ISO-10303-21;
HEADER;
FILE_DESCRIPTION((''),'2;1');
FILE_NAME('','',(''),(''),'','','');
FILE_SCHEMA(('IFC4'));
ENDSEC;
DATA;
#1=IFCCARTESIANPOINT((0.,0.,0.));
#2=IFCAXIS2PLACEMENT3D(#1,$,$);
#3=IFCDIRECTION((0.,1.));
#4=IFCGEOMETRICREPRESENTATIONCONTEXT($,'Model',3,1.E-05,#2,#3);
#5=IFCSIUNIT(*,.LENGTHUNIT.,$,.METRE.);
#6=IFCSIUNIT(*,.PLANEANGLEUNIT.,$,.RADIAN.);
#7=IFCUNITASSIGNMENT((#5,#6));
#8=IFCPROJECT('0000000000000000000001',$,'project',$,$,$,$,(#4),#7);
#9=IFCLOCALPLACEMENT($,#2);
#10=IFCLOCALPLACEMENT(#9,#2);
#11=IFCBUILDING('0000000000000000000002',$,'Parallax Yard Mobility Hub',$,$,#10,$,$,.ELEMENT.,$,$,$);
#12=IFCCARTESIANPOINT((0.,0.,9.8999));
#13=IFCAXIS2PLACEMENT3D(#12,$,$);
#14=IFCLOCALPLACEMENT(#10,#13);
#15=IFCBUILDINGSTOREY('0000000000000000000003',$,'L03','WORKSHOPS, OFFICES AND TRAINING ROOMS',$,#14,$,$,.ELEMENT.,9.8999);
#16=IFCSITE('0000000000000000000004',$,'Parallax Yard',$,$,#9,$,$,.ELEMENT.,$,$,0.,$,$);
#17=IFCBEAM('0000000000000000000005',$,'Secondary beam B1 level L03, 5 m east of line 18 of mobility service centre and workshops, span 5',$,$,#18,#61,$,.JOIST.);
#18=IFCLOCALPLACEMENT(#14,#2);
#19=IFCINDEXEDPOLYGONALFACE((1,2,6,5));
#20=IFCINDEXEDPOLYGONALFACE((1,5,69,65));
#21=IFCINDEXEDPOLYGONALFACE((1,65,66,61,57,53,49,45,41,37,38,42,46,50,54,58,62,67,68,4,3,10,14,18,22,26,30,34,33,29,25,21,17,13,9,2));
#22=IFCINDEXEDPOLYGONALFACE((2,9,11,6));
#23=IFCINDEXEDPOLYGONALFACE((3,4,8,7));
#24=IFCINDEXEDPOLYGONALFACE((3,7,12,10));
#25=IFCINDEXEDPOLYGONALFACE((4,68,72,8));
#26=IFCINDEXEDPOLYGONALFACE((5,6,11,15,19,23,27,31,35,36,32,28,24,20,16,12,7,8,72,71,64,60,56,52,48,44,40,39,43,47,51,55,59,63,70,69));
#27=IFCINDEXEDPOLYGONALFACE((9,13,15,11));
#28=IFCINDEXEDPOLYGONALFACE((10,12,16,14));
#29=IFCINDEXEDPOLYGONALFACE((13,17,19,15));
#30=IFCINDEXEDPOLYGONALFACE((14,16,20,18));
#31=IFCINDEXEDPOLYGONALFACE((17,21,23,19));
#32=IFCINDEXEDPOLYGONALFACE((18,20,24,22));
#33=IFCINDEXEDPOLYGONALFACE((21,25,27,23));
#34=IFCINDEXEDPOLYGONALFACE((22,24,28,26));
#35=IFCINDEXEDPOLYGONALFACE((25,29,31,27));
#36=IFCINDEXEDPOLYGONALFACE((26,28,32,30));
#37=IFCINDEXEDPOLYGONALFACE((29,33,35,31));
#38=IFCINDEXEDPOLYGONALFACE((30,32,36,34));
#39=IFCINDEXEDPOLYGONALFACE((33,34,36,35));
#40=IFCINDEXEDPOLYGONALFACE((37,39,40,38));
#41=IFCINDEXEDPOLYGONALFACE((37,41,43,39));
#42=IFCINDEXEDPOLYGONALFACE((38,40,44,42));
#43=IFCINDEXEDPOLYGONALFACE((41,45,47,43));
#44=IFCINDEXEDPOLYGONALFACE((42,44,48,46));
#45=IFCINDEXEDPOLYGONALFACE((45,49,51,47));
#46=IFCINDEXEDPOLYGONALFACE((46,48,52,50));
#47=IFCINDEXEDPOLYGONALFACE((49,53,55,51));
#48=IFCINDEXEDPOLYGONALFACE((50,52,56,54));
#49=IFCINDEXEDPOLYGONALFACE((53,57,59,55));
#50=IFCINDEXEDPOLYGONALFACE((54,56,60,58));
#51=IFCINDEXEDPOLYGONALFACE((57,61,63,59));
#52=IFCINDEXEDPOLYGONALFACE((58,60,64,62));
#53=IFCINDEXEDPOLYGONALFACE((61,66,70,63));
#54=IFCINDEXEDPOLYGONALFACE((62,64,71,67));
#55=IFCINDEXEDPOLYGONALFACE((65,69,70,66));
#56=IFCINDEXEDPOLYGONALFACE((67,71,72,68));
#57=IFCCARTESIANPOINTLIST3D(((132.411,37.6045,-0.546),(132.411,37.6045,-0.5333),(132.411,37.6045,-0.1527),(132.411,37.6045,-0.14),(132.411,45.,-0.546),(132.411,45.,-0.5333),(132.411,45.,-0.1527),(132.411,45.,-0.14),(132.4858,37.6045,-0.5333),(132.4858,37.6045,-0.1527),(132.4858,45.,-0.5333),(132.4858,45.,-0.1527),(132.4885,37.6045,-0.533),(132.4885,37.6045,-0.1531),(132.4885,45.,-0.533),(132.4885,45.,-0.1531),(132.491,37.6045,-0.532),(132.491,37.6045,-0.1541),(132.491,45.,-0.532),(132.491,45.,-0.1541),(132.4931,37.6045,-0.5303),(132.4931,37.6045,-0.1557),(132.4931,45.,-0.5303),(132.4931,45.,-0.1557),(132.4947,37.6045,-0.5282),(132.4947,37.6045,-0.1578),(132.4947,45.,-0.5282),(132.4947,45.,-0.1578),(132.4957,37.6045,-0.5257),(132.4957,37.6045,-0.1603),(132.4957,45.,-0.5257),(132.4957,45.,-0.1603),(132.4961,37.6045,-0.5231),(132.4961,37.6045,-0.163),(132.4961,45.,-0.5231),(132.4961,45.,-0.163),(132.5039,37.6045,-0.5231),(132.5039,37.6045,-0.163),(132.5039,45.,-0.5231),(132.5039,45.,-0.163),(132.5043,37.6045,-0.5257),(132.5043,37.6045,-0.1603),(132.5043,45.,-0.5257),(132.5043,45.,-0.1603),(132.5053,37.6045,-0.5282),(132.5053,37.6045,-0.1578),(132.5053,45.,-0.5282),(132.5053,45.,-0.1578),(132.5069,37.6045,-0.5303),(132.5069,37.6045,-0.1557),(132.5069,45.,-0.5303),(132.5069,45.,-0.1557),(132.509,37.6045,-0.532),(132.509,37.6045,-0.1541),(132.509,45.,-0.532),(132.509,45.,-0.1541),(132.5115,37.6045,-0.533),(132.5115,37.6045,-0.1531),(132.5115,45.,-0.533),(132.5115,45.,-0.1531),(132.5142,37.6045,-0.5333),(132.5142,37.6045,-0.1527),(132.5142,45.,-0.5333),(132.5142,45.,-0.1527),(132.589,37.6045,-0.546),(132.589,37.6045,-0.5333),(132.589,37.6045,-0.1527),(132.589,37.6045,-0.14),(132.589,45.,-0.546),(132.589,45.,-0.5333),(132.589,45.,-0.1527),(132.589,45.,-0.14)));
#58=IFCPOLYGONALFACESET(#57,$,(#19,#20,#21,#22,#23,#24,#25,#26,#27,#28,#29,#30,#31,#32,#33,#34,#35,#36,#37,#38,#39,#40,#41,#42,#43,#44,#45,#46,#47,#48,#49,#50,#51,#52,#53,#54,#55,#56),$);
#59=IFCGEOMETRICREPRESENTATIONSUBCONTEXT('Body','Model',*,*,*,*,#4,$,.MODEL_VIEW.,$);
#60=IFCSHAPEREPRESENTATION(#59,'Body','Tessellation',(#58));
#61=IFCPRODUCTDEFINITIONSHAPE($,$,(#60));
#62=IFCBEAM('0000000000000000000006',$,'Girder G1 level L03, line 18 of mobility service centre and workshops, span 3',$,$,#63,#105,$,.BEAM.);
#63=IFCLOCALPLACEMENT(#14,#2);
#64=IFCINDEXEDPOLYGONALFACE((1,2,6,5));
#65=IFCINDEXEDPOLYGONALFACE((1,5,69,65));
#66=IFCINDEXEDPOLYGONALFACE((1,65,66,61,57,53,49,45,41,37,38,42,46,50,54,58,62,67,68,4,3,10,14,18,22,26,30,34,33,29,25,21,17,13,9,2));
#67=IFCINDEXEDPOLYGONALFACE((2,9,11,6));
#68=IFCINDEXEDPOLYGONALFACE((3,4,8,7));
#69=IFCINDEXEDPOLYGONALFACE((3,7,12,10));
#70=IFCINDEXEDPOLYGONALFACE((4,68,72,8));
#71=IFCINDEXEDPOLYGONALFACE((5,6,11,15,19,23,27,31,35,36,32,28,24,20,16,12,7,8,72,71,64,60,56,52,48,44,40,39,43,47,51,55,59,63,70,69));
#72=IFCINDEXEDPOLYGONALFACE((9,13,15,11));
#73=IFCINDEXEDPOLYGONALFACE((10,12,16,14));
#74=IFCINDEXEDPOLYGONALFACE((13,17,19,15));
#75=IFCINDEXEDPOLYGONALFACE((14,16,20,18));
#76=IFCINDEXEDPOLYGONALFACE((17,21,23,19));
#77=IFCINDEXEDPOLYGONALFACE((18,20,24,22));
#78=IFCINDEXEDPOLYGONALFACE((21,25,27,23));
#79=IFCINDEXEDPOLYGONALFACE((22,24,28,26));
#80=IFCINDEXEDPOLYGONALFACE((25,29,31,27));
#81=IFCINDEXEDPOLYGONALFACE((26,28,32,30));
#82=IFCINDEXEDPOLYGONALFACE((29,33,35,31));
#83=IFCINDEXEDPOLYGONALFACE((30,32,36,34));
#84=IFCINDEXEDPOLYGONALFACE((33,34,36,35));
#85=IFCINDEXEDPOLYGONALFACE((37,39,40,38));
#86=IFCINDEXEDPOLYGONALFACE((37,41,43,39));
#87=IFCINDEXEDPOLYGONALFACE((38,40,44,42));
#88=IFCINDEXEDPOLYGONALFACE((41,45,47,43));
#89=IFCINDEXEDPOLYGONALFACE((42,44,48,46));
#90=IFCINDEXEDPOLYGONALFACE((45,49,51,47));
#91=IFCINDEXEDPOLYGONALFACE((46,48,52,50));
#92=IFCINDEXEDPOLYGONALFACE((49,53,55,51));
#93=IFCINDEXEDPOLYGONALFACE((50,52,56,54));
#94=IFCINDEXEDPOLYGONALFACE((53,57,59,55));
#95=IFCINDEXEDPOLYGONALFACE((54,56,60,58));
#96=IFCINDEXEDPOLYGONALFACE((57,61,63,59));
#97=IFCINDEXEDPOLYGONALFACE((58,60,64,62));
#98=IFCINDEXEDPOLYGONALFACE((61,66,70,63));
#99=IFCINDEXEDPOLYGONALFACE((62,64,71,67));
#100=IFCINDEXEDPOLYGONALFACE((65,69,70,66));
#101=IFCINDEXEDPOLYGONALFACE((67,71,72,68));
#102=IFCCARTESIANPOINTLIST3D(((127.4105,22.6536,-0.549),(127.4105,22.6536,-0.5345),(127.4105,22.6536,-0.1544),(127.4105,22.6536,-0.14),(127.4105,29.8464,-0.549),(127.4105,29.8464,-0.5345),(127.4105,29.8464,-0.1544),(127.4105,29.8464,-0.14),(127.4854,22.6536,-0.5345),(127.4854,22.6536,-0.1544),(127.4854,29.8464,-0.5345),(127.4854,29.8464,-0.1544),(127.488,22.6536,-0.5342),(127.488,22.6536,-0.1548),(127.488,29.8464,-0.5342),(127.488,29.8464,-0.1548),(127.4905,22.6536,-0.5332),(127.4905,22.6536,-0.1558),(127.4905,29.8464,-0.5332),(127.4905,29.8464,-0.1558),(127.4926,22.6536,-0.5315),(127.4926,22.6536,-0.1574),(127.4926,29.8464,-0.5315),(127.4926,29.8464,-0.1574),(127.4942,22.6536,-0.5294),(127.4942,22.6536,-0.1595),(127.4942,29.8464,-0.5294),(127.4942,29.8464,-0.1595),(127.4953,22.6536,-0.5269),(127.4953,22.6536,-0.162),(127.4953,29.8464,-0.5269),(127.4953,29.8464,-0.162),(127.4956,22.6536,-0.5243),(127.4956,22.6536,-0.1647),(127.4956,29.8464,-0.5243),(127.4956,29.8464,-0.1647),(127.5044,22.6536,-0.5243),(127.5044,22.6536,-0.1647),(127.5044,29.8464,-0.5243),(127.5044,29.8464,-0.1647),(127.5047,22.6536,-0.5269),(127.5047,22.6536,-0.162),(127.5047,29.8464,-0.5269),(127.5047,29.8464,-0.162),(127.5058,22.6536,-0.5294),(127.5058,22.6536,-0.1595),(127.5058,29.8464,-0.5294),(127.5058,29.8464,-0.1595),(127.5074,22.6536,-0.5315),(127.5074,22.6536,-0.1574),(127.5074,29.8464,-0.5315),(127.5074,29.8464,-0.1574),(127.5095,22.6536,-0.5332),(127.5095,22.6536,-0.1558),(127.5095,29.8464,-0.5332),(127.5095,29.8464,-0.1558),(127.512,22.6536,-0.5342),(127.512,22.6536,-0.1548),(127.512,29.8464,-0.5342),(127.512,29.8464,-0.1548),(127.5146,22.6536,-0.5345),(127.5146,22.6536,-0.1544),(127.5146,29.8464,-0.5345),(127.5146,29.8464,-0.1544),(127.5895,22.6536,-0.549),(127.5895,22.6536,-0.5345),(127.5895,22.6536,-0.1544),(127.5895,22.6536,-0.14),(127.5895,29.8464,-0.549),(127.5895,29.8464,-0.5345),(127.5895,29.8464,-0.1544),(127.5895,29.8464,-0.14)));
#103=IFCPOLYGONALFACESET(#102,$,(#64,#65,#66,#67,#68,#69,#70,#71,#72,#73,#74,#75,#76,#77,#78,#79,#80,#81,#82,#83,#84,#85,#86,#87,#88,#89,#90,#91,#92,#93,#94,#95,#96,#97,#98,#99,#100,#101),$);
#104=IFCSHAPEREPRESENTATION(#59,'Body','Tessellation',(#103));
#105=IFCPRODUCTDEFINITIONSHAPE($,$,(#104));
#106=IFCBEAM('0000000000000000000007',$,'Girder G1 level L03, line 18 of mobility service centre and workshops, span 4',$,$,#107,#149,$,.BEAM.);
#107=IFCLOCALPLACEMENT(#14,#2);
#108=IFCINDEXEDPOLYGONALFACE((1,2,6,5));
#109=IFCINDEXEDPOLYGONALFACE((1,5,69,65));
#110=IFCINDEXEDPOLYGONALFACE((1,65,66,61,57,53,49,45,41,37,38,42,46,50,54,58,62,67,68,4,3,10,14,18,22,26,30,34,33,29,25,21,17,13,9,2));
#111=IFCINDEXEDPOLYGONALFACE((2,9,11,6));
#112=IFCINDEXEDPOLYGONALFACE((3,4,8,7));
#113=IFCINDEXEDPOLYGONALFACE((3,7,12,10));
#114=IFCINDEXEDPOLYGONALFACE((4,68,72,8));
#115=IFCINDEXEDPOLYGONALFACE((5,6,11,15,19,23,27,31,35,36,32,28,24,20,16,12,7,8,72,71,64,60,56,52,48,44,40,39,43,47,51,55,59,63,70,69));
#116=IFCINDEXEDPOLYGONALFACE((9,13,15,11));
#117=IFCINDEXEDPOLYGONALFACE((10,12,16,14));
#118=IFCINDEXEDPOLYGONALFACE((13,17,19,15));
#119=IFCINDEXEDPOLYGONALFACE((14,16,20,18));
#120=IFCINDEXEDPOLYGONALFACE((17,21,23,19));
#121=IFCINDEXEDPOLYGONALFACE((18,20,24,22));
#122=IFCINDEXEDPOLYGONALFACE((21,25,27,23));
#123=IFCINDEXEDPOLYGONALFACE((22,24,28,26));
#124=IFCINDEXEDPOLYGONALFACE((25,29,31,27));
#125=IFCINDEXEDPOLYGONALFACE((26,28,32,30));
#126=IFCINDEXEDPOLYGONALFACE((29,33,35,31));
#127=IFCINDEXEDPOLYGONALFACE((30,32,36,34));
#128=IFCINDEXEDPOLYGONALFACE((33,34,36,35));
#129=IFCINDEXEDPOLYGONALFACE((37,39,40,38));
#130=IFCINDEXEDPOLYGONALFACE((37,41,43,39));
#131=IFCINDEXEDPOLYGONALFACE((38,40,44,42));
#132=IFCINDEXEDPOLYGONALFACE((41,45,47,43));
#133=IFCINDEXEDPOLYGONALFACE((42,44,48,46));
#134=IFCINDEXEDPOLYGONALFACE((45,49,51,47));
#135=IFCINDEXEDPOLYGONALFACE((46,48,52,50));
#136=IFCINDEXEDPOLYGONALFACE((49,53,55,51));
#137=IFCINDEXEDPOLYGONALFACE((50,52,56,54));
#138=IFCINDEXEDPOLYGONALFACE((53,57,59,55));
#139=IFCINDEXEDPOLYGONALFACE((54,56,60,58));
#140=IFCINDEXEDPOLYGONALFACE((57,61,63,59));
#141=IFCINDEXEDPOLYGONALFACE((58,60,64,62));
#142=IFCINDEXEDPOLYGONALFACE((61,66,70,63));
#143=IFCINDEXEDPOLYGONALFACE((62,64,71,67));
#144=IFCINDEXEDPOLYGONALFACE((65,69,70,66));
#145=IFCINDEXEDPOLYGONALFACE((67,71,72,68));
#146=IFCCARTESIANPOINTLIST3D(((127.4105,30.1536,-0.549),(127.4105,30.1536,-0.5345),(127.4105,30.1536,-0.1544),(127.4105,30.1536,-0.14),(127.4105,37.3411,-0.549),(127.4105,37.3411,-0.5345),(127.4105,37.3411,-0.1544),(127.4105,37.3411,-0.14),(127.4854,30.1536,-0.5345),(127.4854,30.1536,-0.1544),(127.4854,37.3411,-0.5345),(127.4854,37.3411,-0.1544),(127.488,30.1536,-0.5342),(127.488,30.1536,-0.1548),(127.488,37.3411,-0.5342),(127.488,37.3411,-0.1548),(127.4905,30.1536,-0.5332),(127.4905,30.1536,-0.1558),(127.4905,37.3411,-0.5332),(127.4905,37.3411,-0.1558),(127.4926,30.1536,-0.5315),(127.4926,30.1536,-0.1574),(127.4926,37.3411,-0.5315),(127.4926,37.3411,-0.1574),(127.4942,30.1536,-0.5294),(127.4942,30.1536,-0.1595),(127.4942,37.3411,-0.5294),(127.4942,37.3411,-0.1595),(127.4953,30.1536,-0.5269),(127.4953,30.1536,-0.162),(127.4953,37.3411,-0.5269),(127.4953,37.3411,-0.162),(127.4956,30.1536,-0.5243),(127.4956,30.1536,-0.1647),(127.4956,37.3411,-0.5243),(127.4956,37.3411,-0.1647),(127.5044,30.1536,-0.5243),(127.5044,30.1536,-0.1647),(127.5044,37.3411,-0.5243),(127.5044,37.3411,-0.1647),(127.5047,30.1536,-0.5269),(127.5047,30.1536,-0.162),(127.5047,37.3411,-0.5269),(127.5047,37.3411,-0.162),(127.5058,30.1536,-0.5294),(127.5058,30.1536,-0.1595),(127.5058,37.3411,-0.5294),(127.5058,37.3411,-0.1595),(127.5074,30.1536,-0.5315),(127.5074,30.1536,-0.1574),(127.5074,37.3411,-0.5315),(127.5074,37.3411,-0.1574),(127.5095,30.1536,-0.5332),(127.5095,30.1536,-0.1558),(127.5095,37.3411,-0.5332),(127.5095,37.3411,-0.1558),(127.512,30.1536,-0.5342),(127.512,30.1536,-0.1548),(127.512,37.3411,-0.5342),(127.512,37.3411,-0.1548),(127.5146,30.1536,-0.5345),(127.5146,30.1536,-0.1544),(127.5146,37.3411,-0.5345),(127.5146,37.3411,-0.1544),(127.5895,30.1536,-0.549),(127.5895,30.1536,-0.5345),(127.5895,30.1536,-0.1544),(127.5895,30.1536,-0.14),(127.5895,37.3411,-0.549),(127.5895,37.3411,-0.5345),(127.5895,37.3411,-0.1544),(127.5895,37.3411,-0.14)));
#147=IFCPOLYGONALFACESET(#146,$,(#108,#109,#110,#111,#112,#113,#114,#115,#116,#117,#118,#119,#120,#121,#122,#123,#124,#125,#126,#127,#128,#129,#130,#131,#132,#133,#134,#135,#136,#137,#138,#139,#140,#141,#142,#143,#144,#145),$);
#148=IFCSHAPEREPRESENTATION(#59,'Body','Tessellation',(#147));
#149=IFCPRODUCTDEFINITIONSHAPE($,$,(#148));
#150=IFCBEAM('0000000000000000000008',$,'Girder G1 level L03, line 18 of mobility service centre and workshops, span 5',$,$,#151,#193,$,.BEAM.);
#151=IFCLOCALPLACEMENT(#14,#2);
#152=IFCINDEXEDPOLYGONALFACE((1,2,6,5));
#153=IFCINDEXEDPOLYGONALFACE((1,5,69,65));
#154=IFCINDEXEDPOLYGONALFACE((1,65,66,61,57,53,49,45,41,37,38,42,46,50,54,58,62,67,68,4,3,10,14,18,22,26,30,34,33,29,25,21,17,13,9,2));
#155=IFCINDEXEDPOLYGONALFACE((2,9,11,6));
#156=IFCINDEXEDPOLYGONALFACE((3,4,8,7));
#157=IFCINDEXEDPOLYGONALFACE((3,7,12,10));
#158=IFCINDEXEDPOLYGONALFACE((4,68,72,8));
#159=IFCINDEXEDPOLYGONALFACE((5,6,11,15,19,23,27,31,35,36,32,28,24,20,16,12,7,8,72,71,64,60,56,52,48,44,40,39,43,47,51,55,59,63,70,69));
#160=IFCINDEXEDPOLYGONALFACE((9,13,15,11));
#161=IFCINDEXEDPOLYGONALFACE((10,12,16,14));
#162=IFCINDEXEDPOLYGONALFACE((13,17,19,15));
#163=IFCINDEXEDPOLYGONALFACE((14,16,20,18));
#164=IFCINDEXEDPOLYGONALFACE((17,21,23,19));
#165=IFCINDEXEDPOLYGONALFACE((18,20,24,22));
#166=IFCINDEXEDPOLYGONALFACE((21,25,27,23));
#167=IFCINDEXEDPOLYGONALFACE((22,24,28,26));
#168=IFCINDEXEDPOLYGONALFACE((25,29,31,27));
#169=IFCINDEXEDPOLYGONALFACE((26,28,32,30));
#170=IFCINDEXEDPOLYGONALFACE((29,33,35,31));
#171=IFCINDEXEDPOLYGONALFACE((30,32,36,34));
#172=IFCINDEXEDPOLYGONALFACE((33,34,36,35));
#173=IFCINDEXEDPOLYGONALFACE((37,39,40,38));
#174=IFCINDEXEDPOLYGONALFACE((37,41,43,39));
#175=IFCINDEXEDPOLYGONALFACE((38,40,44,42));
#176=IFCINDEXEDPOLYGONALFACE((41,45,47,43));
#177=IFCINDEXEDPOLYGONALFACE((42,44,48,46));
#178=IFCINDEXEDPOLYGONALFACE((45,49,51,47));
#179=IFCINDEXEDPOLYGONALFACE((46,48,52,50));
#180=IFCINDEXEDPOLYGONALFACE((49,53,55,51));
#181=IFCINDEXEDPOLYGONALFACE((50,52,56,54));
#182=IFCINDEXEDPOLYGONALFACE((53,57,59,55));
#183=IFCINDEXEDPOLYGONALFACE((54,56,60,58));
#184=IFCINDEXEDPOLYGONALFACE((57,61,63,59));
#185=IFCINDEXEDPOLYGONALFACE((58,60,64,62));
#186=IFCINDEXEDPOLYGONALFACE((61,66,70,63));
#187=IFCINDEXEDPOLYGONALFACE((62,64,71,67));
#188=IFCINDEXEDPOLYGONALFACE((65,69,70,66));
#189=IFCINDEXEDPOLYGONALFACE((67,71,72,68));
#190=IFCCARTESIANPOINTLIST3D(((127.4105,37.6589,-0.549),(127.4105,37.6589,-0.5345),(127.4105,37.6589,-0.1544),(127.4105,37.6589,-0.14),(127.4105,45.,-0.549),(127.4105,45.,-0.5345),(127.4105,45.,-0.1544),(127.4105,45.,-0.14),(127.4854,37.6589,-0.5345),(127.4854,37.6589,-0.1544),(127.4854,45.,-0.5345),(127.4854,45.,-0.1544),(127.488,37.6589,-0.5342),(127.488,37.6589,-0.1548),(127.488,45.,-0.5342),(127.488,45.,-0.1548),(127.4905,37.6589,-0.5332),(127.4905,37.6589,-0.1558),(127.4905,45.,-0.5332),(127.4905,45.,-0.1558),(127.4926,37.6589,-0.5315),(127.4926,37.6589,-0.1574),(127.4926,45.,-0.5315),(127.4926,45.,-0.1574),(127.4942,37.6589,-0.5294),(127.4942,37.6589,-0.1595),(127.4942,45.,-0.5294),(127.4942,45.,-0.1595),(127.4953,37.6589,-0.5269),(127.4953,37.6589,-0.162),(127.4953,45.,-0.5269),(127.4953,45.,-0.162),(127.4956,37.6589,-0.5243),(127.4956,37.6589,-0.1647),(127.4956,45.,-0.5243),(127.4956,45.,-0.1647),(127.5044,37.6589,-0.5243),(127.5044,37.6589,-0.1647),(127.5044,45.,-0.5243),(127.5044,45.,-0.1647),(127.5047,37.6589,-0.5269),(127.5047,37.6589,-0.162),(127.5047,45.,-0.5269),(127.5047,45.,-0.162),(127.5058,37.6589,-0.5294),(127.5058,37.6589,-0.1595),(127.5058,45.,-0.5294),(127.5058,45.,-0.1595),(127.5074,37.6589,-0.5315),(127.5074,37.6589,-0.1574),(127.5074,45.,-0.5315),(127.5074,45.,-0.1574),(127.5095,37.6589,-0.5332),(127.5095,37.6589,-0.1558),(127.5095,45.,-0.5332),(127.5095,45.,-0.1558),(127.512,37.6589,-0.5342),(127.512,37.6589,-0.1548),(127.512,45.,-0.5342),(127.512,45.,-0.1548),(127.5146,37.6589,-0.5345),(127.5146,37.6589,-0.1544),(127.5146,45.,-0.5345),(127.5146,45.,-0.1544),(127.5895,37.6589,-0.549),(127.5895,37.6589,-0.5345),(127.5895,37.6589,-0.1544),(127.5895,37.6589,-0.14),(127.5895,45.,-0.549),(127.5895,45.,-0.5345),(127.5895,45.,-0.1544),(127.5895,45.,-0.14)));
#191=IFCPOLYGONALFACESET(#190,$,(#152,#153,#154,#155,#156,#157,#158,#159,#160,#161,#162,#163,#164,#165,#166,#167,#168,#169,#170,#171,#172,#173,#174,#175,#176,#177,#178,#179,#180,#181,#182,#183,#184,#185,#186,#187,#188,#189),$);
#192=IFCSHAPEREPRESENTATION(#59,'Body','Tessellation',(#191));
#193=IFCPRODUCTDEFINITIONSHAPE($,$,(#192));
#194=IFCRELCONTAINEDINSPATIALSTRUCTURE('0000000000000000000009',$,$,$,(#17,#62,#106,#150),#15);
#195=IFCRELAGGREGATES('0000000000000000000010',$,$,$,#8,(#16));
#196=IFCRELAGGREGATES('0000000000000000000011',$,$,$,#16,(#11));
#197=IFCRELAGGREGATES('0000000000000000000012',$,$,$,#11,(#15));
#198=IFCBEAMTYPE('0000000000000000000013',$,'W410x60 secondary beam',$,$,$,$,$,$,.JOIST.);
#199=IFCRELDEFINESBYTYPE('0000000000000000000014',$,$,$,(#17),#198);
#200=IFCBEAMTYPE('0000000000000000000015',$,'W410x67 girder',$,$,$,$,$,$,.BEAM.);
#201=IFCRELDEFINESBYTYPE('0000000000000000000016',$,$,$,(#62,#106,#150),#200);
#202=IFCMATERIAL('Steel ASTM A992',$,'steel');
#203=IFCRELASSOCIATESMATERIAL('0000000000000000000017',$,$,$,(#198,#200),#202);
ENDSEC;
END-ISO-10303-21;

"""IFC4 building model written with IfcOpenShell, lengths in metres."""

from ifc_helpers import new_model, si_unit, direction, frame, origin, origin_2d, place, context, subcontext, project, spatial, i_section, extrude, material, material_profile, profile_set, type_object, element, save


model = new_model("IFC4")

# Units and contexts
model_context = context("Model", 3, precision=1e-05, world=origin(), true_north=direction((0.0, 1.0)))
body_context = subcontext(model_context, "Body", "Model", "MODEL_VIEW")
ifc_project = project(units=[si_unit("LENGTHUNIT", "METRE"), si_unit("PLANEANGLEUNIT", "RADIAN")], contexts=[model_context])

# Site, building, storey
site_placement = place(None, origin())
site = spatial("IfcSite", under=ifc_project, at=site_placement, Name="Parallax Yard", CompositionType="ELEMENT", RefElevation=0.0)
building_placement = place(site_placement, origin())
building = spatial("IfcBuilding", under=site, at=building_placement, Name="Parallax Yard Mobility Hub", CompositionType="ELEMENT")
storey_placement = place(building_placement, frame((0.0, 0.0, 9.8999)))
storey = spatial("IfcBuildingStorey", under=building, at=storey_placement, Name="L03", Description="WORKSHOPS, OFFICES AND TRAINING ROOMS", CompositionType="ELEMENT", Elevation=9.8999)

# Shared definitions
ifc_material_1 = material(Name="Steel ASTM A992", Category="steel")

# Beams
ifc_material_profile_1 = material_profile(ifc_material_1, i_section(OverallWidth=0.178, OverallDepth=0.406, WebThickness=0.0078, FlangeThickness=0.0127, FilletRadius=0.0103, at=origin_2d()), Name="W410x60")
ifc_profile_set_1 = profile_set([ifc_material_profile_1], Name="Steel ASTM A992")
beam_type_1 = type_object("IfcBeamType", Name="W410x60 secondary beam", PredefinedType="JOIST", material=ifc_profile_set_1)
beam_1_placement = place(storey_placement, frame((132.5, 37.6045, -0.343), z_axis=(0.0, 1.0, 0.0), x_axis=(-1.0, 0.0, 0.0)))
element("IfcBeam", 1, at=beam_1_placement, inside=storey, type_object=beam_type_1, Name="Secondary beam B1 level L03, 5 m east of line 18 of mobility service centre and workshops, span 5", PredefinedType="JOIST", context=body_context, shape_type="SweptSolid", body=[
    extrude(i_section(OverallWidth=0.178, OverallDepth=0.406, WebThickness=0.0078, FlangeThickness=0.0127, FilletRadius=0.0103, at=origin_2d()), origin(), (0.0, 0.0, 1.0), 7.3955),
])
ifc_material_profile_2 = material_profile(ifc_material_1, i_section(OverallWidth=0.179, OverallDepth=0.4089, WebThickness=0.0088, FlangeThickness=0.0144, FilletRadius=0.0103, at=origin_2d()), Name="W410x67")
ifc_profile_set_2 = profile_set([ifc_material_profile_2], Name="Steel ASTM A992")
beam_type_2 = type_object("IfcBeamType", Name="W410x67 girder", PredefinedType="BEAM", material=ifc_profile_set_2)
beam_2_placement = place(storey_placement, frame((127.5, 22.6536, -0.3445), z_axis=(0.0, 1.0, 0.0), x_axis=(-1.0, 0.0, 0.0)))
element("IfcBeam", 2, at=beam_2_placement, inside=storey, type_object=beam_type_2, Name="Girder G1 level L03, line 18 of mobility service centre and workshops, span 3", PredefinedType="BEAM", context=body_context, shape_type="SweptSolid", body=[
    extrude(i_section(OverallWidth=0.179, OverallDepth=0.4089, WebThickness=0.0088, FlangeThickness=0.0144, FilletRadius=0.0103, at=origin_2d()), origin(), (0.0, 0.0, 1.0), 7.1929),
])
beam_3_placement = place(storey_placement, frame((127.5, 30.1536, -0.3445), z_axis=(0.0, 1.0, 0.0), x_axis=(-1.0, 0.0, 0.0)))
element("IfcBeam", 3, at=beam_3_placement, inside=storey, type_object=beam_type_2, Name="Girder G1 level L03, line 18 of mobility service centre and workshops, span 4", PredefinedType="BEAM", context=body_context, shape_type="SweptSolid", body=[
    extrude(i_section(OverallWidth=0.179, OverallDepth=0.4089, WebThickness=0.0088, FlangeThickness=0.0144, FilletRadius=0.0103, at=origin_2d()), origin(), (0.0, 0.0, 1.0), 7.1875),
])
beam_4_placement = place(storey_placement, frame((127.5, 37.6589, -0.3445), z_axis=(0.0, 1.0, 0.0), x_axis=(-1.0, 0.0, 0.0)))
element("IfcBeam", 4, at=beam_4_placement, inside=storey, type_object=beam_type_2, Name="Girder G1 level L03, line 18 of mobility service centre and workshops, span 5", PredefinedType="BEAM", context=body_context, shape_type="SweptSolid", body=[
    extrude(i_section(OverallWidth=0.179, OverallDepth=0.4089, WebThickness=0.0088, FlangeThickness=0.0144, FilletRadius=0.0103, at=origin_2d()), origin(), (0.0, 0.0, 1.0), 7.3411),
])

save(model, "model.ifc")
